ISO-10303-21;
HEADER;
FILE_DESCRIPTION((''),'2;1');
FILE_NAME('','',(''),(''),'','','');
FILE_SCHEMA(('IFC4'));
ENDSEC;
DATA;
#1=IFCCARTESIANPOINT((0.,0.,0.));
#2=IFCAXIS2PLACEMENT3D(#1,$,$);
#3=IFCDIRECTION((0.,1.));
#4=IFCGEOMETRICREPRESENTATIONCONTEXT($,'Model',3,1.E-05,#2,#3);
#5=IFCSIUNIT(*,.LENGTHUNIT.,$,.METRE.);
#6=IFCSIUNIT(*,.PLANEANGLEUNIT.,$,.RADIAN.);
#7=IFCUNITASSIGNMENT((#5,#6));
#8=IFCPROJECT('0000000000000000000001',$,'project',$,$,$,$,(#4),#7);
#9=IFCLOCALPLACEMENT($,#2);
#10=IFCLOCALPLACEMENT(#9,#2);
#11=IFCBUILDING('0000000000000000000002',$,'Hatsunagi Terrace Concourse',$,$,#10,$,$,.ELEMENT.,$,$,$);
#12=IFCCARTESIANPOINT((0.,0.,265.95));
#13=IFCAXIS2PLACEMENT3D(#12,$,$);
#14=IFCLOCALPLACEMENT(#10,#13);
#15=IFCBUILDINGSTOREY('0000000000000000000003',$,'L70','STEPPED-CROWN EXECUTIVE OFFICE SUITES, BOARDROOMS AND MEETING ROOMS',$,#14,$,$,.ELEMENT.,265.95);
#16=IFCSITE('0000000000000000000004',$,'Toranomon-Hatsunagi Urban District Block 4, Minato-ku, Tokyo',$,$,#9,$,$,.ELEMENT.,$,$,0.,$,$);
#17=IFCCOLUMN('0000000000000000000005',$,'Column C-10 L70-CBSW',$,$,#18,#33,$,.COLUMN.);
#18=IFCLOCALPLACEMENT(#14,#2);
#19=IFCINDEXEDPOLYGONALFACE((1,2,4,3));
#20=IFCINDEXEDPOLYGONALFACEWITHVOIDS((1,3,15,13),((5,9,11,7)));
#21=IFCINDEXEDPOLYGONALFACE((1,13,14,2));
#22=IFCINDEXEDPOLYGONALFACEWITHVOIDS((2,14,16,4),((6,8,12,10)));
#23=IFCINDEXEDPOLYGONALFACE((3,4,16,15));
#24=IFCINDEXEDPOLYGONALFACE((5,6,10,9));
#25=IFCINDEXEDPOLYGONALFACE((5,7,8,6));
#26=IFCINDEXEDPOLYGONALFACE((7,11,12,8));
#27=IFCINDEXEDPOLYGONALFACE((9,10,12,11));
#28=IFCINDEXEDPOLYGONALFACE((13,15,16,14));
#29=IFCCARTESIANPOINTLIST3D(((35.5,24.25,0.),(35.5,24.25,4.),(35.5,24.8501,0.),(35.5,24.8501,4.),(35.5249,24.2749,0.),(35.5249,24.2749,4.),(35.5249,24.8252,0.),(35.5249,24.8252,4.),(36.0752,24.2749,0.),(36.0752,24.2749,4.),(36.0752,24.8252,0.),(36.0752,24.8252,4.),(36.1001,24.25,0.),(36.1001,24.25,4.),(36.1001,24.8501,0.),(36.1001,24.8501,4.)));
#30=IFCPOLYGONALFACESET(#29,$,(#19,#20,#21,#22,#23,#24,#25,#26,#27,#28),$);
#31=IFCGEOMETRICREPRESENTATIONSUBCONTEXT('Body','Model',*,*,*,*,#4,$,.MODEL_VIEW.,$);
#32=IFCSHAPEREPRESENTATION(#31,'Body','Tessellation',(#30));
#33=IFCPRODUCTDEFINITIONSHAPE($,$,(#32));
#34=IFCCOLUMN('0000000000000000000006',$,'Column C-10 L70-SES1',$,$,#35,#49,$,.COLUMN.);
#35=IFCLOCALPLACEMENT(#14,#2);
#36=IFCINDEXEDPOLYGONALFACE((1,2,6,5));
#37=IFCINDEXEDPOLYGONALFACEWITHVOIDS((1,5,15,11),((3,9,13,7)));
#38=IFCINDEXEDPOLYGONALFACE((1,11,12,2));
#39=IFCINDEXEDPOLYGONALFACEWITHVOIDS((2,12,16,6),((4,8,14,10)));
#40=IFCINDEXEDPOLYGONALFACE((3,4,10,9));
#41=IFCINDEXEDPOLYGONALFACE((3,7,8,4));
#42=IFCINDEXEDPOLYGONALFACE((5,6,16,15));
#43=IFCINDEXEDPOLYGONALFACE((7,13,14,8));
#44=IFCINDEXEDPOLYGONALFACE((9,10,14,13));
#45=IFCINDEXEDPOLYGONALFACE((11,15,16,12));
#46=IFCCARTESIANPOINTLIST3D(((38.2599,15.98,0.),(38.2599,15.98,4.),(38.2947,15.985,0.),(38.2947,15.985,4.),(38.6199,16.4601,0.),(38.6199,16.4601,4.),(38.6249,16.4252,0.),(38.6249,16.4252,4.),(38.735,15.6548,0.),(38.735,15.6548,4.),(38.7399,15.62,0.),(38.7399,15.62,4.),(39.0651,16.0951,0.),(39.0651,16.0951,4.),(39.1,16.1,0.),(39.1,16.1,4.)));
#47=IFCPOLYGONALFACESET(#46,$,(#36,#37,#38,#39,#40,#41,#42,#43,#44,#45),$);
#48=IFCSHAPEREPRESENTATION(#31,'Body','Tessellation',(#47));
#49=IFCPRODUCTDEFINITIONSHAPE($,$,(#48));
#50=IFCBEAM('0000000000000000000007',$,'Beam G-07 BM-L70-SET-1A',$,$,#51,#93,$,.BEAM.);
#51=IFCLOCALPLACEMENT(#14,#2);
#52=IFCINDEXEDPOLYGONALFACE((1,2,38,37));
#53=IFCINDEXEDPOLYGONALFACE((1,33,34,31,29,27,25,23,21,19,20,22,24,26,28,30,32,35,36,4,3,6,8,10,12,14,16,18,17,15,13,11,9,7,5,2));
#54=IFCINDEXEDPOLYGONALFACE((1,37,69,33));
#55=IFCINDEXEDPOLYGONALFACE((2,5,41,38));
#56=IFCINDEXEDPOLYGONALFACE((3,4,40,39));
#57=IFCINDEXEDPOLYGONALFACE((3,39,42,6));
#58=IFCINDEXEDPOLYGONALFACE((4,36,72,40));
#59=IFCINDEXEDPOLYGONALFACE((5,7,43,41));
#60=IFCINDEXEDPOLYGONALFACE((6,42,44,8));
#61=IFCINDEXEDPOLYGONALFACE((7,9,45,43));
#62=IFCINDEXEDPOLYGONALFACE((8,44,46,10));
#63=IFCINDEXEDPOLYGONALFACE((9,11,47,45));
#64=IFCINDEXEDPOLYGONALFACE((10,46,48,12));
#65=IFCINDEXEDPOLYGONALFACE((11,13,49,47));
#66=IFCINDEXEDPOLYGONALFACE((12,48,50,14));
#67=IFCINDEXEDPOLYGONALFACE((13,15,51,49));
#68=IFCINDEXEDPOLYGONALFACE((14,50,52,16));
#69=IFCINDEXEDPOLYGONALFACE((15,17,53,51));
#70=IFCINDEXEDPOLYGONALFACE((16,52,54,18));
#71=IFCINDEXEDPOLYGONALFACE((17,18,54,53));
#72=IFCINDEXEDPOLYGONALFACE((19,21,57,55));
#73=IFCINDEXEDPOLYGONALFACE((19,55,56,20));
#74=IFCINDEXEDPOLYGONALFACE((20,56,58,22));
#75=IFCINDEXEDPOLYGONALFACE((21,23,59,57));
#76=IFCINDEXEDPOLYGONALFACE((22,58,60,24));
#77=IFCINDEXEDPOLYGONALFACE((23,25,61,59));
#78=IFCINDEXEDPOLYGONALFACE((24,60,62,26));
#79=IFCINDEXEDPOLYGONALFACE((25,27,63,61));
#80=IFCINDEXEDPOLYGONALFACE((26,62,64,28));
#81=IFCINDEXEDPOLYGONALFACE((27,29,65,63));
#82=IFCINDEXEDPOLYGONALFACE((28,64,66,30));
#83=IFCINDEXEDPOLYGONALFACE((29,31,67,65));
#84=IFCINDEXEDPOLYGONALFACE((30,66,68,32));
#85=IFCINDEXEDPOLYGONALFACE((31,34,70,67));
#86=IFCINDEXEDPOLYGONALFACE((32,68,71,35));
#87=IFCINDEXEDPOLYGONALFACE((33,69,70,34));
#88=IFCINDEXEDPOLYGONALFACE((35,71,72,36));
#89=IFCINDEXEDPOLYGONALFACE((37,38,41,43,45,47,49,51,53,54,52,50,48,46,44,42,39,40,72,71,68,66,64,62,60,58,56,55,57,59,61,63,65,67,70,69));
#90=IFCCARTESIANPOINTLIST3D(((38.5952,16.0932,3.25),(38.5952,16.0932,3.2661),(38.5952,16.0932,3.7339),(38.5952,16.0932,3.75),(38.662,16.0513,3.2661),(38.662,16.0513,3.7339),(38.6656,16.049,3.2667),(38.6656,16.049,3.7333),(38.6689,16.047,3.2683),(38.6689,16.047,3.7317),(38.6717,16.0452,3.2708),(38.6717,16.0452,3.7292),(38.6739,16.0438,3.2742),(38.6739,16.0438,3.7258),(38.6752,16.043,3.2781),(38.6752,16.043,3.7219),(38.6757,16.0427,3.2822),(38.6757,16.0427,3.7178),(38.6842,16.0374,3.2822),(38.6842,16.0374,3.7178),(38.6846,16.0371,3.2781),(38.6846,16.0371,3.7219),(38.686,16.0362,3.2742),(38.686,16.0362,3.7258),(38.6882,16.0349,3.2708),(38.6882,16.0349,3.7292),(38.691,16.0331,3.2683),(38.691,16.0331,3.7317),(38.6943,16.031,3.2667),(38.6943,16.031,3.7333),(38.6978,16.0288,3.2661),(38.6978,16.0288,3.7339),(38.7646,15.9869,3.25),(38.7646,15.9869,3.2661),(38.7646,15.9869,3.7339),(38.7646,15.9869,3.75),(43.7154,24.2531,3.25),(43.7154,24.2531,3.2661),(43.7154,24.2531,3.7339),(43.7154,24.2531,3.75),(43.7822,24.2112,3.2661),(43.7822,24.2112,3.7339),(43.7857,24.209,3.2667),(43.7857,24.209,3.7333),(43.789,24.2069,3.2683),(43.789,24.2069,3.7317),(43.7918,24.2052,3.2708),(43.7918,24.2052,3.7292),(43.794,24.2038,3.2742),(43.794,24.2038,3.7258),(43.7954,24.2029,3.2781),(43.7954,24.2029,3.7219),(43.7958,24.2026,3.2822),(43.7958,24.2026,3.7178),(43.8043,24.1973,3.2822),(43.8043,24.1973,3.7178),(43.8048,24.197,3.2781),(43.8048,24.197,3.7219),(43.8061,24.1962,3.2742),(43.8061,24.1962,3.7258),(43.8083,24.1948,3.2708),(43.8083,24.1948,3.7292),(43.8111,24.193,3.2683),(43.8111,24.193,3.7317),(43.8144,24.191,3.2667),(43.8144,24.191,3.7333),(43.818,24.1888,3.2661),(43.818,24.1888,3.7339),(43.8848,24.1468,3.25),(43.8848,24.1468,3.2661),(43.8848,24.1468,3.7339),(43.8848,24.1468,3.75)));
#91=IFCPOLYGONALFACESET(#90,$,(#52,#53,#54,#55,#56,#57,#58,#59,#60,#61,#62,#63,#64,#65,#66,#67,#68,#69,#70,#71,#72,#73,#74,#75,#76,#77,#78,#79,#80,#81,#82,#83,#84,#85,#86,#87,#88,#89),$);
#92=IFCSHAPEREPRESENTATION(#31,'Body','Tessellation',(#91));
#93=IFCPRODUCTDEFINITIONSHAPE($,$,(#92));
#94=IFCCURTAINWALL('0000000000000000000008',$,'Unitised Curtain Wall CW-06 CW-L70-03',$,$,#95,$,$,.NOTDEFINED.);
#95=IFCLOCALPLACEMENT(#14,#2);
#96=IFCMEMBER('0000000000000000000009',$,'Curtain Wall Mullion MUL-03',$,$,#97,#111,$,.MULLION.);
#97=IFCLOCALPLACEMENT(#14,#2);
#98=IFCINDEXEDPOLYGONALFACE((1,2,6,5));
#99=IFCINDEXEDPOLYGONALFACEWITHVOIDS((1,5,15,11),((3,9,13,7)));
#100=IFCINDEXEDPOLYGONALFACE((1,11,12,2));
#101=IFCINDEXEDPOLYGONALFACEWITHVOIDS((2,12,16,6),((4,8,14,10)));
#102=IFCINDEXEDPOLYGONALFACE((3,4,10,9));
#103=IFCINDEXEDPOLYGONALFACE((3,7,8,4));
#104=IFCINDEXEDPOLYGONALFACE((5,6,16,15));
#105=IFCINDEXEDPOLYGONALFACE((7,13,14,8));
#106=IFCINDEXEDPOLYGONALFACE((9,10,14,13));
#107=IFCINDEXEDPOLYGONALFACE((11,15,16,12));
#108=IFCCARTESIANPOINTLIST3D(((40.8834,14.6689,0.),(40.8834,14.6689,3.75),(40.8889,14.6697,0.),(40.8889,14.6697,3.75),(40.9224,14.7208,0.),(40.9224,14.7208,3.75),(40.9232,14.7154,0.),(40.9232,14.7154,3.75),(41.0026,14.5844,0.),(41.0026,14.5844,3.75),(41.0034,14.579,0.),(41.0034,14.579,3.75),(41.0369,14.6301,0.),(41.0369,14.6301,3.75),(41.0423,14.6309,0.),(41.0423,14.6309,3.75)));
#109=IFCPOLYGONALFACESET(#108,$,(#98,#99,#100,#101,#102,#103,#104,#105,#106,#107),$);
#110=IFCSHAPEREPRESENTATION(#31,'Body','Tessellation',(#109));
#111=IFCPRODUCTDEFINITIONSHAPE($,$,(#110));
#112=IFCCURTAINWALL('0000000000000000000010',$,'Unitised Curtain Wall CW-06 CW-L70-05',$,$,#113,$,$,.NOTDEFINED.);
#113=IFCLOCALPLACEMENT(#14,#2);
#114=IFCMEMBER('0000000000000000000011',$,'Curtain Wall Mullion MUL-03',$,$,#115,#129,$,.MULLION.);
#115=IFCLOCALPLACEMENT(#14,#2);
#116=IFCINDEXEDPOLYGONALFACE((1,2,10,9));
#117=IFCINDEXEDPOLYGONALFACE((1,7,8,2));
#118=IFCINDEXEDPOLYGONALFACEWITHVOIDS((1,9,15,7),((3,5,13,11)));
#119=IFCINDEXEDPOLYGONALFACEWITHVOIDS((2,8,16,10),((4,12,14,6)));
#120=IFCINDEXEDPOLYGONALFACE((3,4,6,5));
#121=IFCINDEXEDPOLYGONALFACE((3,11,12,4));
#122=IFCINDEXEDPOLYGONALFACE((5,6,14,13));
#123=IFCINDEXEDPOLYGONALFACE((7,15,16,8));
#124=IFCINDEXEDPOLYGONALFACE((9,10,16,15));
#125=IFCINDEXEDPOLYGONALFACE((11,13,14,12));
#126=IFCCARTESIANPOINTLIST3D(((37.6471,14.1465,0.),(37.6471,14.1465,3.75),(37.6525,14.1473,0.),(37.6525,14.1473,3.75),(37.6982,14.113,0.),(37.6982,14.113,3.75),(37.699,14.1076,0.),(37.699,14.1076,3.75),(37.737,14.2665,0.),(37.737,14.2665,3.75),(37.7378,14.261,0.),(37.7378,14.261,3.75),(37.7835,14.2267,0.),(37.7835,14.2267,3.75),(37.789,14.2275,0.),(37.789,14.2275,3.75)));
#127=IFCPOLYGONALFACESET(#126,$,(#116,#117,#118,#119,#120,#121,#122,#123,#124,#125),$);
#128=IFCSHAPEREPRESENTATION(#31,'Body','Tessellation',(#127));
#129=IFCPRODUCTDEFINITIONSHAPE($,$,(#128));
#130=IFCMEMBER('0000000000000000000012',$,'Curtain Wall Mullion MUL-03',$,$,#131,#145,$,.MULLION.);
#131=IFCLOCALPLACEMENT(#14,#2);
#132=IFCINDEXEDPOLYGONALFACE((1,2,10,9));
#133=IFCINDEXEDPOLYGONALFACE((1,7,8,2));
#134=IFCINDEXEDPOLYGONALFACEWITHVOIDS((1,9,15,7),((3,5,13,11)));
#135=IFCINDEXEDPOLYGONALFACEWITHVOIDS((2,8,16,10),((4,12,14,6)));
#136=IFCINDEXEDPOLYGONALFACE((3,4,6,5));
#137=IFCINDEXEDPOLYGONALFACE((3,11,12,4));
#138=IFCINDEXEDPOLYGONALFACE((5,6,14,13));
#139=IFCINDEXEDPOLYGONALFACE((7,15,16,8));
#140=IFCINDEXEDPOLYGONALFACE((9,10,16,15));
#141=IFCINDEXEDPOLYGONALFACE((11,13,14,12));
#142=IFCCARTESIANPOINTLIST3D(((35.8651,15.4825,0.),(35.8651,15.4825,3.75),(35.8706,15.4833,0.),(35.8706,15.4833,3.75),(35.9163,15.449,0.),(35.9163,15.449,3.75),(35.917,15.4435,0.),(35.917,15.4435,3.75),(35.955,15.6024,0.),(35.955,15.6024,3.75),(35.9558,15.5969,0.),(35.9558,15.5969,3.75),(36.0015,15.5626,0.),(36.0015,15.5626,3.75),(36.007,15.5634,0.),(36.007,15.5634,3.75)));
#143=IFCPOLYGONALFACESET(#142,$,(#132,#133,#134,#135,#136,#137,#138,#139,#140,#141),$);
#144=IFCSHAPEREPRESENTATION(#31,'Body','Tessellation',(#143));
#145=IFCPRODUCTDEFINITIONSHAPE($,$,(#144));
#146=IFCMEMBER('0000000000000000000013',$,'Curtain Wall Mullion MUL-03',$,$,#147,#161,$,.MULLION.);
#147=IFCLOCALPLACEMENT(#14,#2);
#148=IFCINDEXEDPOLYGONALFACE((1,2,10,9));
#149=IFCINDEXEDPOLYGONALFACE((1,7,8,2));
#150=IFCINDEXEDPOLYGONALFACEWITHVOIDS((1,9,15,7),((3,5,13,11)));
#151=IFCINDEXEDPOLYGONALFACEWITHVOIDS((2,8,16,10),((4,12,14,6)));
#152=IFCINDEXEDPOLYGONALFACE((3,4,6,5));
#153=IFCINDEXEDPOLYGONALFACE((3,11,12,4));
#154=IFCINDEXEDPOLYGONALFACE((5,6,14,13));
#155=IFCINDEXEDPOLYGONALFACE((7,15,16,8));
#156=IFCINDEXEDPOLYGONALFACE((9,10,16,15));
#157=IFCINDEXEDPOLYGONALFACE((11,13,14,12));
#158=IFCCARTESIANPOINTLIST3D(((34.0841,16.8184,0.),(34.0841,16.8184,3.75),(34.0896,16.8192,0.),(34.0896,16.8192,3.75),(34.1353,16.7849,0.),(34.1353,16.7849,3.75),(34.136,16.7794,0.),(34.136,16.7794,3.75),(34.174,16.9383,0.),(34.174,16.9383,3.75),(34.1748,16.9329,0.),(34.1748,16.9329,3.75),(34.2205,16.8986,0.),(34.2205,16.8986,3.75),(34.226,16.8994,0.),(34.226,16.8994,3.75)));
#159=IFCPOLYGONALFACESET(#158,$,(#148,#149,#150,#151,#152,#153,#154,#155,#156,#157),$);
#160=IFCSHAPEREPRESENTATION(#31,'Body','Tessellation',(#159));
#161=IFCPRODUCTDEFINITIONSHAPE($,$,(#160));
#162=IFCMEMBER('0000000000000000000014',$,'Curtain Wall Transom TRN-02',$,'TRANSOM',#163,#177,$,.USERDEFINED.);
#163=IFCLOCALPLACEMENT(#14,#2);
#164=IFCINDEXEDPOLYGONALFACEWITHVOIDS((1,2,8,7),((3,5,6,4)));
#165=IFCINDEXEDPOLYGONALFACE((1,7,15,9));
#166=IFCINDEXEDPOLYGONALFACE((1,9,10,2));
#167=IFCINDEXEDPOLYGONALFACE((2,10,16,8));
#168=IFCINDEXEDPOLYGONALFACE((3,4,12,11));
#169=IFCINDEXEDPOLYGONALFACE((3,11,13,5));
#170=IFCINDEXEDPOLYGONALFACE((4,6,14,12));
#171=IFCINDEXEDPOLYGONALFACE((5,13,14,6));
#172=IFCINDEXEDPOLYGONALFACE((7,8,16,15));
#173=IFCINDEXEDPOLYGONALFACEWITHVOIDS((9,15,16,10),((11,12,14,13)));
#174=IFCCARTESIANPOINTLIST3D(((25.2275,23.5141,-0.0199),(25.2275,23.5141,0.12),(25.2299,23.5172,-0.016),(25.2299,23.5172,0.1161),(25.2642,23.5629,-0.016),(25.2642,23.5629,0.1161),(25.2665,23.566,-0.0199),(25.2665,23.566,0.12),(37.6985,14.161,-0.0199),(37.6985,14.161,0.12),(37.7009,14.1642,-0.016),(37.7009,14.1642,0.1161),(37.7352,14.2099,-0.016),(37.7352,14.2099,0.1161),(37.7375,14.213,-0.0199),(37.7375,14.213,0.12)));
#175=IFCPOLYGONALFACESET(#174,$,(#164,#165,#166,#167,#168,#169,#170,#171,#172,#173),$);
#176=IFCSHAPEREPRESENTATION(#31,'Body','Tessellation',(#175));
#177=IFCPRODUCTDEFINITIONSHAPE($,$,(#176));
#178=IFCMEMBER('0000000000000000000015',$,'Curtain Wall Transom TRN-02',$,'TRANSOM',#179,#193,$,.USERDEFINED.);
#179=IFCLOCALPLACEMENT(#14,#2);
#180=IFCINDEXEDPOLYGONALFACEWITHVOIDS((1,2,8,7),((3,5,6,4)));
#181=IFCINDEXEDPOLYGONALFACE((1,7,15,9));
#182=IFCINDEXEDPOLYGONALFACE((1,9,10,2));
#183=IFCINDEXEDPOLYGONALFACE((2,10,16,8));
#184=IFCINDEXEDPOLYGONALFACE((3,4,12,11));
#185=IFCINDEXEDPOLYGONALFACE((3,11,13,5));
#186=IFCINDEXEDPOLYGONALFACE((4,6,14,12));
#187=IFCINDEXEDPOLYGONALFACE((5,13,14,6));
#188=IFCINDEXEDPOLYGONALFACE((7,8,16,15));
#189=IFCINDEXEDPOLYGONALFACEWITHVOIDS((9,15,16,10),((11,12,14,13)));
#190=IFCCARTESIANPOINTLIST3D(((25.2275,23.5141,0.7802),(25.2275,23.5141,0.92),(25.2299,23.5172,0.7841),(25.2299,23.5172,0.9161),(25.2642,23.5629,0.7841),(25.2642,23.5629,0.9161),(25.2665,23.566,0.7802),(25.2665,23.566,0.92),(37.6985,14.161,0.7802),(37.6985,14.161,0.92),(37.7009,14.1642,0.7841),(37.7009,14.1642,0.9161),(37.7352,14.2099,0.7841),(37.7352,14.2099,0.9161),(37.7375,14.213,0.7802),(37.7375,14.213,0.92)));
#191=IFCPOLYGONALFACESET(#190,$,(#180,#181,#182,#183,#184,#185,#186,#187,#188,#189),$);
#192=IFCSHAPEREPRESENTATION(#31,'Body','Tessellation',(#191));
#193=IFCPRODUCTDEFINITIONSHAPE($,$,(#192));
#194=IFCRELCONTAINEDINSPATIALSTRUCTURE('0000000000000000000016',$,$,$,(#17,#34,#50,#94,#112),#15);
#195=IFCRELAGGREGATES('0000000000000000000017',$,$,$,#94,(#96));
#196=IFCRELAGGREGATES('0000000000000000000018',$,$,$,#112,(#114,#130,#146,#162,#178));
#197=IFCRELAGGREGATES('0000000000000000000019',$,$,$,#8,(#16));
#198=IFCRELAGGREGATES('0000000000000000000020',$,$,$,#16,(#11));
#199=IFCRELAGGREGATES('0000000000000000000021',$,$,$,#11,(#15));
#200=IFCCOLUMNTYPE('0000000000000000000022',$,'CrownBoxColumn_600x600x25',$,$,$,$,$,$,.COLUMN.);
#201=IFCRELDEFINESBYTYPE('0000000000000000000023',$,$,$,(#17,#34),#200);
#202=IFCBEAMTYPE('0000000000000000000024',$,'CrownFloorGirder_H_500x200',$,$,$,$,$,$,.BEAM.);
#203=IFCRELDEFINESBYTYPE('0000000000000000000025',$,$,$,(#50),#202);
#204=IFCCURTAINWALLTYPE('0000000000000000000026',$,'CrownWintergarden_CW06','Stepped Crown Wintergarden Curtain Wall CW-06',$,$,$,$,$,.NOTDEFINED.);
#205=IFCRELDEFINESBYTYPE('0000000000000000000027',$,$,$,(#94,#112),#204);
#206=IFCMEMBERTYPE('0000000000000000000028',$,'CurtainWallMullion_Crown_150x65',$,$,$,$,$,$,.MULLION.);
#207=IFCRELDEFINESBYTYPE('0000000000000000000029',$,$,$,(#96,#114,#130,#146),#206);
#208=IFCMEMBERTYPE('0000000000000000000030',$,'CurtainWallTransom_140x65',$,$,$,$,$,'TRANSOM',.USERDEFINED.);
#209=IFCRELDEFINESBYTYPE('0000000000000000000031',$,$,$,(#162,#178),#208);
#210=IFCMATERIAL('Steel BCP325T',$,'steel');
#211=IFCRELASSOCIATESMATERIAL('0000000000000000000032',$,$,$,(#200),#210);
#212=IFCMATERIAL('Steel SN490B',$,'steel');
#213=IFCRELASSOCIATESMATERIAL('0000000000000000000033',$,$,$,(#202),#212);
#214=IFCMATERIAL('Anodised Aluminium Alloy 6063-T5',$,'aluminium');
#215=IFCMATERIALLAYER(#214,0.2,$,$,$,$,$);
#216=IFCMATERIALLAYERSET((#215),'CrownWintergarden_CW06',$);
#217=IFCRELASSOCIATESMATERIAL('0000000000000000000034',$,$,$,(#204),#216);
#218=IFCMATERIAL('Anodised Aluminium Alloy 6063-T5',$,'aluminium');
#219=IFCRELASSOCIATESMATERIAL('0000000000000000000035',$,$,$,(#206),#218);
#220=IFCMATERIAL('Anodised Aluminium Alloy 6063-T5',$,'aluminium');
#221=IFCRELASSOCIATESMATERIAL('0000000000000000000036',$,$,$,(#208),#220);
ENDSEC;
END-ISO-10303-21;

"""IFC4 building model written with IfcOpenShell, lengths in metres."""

from ifc_helpers import new_model, si_unit, direction, frame, origin, origin_2d, place, context, subcontext, project, spatial, hollow_rectangle, i_section, extrude, material, layer, layer_set, material_profile, profile_set, type_object, element, aggregate, save


model = new_model("IFC4")

# Units and contexts
model_context = context("Model", 3, precision=1e-05, world=origin(), true_north=direction((0.0, 1.0)))
body_context = subcontext(model_context, "Body", "Model", "MODEL_VIEW")
ifc_project = project(units=[si_unit("LENGTHUNIT", "METRE"), si_unit("PLANEANGLEUNIT", "RADIAN")], contexts=[model_context])

# Site, building, storey
site_placement = place(None, origin())
site = spatial("IfcSite", under=ifc_project, at=site_placement, Name="Toranomon-Hatsunagi Urban District Block 4, Minato-ku, Tokyo", CompositionType="ELEMENT", RefElevation=0.0)
building_placement = place(site_placement, origin())
building = spatial("IfcBuilding", under=site, at=building_placement, Name="Hatsunagi Terrace Concourse", CompositionType="ELEMENT")
storey_placement = place(building_placement, frame((0.0, 0.0, 265.95)))
storey = spatial("IfcBuildingStorey", under=building, at=storey_placement, Name="L70", Description="STEPPED-CROWN EXECUTIVE OFFICE SUITES, BOARDROOMS AND MEETING ROOMS", CompositionType="ELEMENT", Elevation=265.95)

# Columns
ifc_material_1 = material(Name="Steel BCP325T", Category="steel")
ifc_material_profile_1 = material_profile(ifc_material_1, hollow_rectangle(XDim=0.6001, YDim=0.6001, WallThickness=0.0249, at=origin_2d()), Name="BCP-600x600x25")
ifc_profile_set_1 = profile_set([ifc_material_profile_1], Name="Steel BCP325T")
column_type = type_object("IfcColumnType", Name="CrownBoxColumn_600x600x25", PredefinedType="COLUMN", material=ifc_profile_set_1)
for number, where, z_axis, x_axis, name in (
    (1, (35.8, 24.55, 0.0), (0.0, 0.0, 1.0), (1.0, 0.0, 0.0), "Column C-10 L70-CBSW"),
    (2, (38.6799, 16.04, 0.0), (0.0, 0.0, 1.0), (0.8, -0.6, 0.0), "Column C-10 L70-SES1"),
):
    element("IfcColumn", number, at=place(storey_placement, frame(where, z_axis=z_axis, x_axis=x_axis)), inside=storey, type_object=column_type, Name=name, PredefinedType="COLUMN", context=body_context, shape_type="SweptSolid", body=[
        extrude(hollow_rectangle(XDim=0.6001, YDim=0.6001, WallThickness=0.0249, at=origin_2d()), origin(), (0.0, 0.0, 1.0), 4.0),
    ])

# Beam
ifc_material_2 = material(Name="Steel SN490B", Category="steel")
ifc_material_profile_2 = material_profile(ifc_material_2, i_section(OverallWidth=0.2, OverallDepth=0.5, WebThickness=0.01, FlangeThickness=0.0161, FilletRadius=0.0161, at=origin_2d()), Name="H-500x200x10x16")
ifc_profile_set_2 = profile_set([ifc_material_profile_2], Name="Steel SN490B")
beam_type = type_object("IfcBeamType", Name="CrownFloorGirder_H_500x200", PredefinedType="BEAM", material=ifc_profile_set_2)
beam_placement = place(storey_placement, frame((38.6799, 16.04, 3.5), z_axis=(0.531504, 0.847056, 0.0), x_axis=(-0.847056, 0.531504, 0.0)))
element("IfcBeam", 3, at=beam_placement, inside=storey, type_object=beam_type, Name="Beam G-07 BM-L70-SET-1A", PredefinedType="BEAM", context=body_context, shape_type="SweptSolid", body=[
    extrude(i_section(OverallWidth=0.2, OverallDepth=0.5, WebThickness=0.01, FlangeThickness=0.0161, FilletRadius=0.0161, at=origin_2d()), origin(), (0.0, 0.0, 1.0), 9.6333),
])

# Curtain wall, member
ifc_material_3 = material(Name="Anodised Aluminium Alloy 6063-T5", Category="aluminium")
ifc_layer_1 = layer(ifc_material_3, 0.2)
ifc_layer_set_1 = layer_set([ifc_layer_1], Name="CrownWintergarden_CW06")
curtain_wall_type = type_object("IfcCurtainWallType", Name="CrownWintergarden_CW06", Description="Stepped Crown Wintergarden Curtain Wall CW-06", PredefinedType="NOTDEFINED", material=ifc_layer_set_1)
curtain_wall_1_placement = place(storey_placement, origin())
curtain_wall_1 = element("IfcCurtainWall", 4, at=curtain_wall_1_placement, inside=storey, type_object=curtain_wall_type, Name="Unitised Curtain Wall CW-06 CW-L70-03", PredefinedType="NOTDEFINED")
ifc_material_4 = material(Name="Anodised Aluminium Alloy 6063-T5", Category="aluminium")
ifc_material_profile_3 = material_profile(ifc_material_4, hollow_rectangle(XDim=0.0649, YDim=0.1499, WallThickness=0.0039, at=origin_2d()), Name="ALU-MUL-150x65x4")
ifc_profile_set_3 = profile_set([ifc_material_profile_3], Name="Anodised Aluminium Alloy 6063-T5")
member_type_1 = type_object("IfcMemberType", Name="CurtainWallMullion_Crown_150x65", PredefinedType="MULLION", material=ifc_profile_set_3)
member_1_placement = place(storey_placement, frame((40.9629, 14.6499, 0.0), z_axis=(0.0, 0.0, 1.0), x_axis=(-0.599969, -0.800023, 0.0)))
member_1 = element("IfcMember", 5, at=member_1_placement, type_object=member_type_1, Name="Curtain Wall Mullion MUL-03", PredefinedType="MULLION", context=body_context, shape_type="SweptSolid", body=[
    extrude(hollow_rectangle(XDim=0.0649, YDim=0.1499, WallThickness=0.0039, at=origin_2d()), origin(), (0.0, 0.0, 1.0), 3.75),
])
aggregate(curtain_wall_1, [member_1])

# Curtain wall, members
curtain_wall_2_placement = place(storey_placement, origin())
curtain_wall_2 = element("IfcCurtainWall", 6, at=curtain_wall_2_placement, inside=storey, type_object=curtain_wall_type, Name="Unitised Curtain Wall CW-06 CW-L70-05", PredefinedType="NOTDEFINED")
member_2_placement = place(storey_placement, frame((37.718, 14.187, 0.0), z_axis=(0.0, 0.0, 1.0), x_axis=(-0.800007, 0.59999, 0.0)))
member_2 = element("IfcMember", 7, at=member_2_placement, type_object=member_type_1, Name="Curtain Wall Mullion MUL-03", PredefinedType="MULLION", context=body_context, shape_type="SweptSolid", body=[
    extrude(hollow_rectangle(XDim=0.0649, YDim=0.1499, WallThickness=0.0039, at=origin_2d()), origin(), (0.0, 0.0, 1.0), 3.75),
])
member_3_placement = place(storey_placement, frame((35.936, 15.5229, 0.0), z_axis=(0.0, 0.0, 1.0), x_axis=(-0.800007, 0.59999, 0.0)))
member_3 = element("IfcMember", 8, at=member_3_placement, type_object=member_type_1, Name="Curtain Wall Mullion MUL-03", PredefinedType="MULLION", context=body_context, shape_type="SweptSolid", body=[
    extrude(hollow_rectangle(XDim=0.0649, YDim=0.1499, WallThickness=0.0039, at=origin_2d()), origin(), (0.0, 0.0, 1.0), 3.75),
])
member_4_placement = place(storey_placement, frame((34.155, 16.8589, 0.0), z_axis=(0.0, 0.0, 1.0), x_axis=(-0.800007, 0.59999, 0.0)))
member_4 = element("IfcMember", 9, at=member_4_placement, type_object=member_type_1, Name="Curtain Wall Mullion MUL-03", PredefinedType="MULLION", context=body_context, shape_type="SweptSolid", body=[
    extrude(hollow_rectangle(XDim=0.0649, YDim=0.1499, WallThickness=0.0039, at=origin_2d()), origin(), (0.0, 0.0, 1.0), 3.75),
])
ifc_material_5 = material(Name="Anodised Aluminium Alloy 6063-T5", Category="aluminium")
ifc_material_profile_4 = material_profile(ifc_material_5, hollow_rectangle(XDim=0.0649, YDim=0.1399, WallThickness=0.0039, at=origin_2d()), Name="ALU-TRN-140x65x4")
ifc_profile_set_4 = profile_set([ifc_material_profile_4], Name="Anodised Aluminium Alloy 6063-T5")
member_type_2 = type_object("IfcMemberType", Name="CurtainWallTransom_140x65", ElementType="TRANSOM", PredefinedType="USERDEFINED", material=ifc_profile_set_4)
member_5_placement = place(storey_placement, frame((37.718, 14.187, 0.05), z_axis=(-0.800006, 0.599992, 0.0), x_axis=(-0.599992, -0.800006, 0.0)))
member_5 = element("IfcMember", 10, at=member_5_placement, type_object=member_type_2, Name="Curtain Wall Transom TRN-02", ObjectType="TRANSOM", PredefinedType="USERDEFINED", context=body_context, shape_type="SweptSolid", body=[
    extrude(hollow_rectangle(XDim=0.0649, YDim=0.1399, WallThickness=0.0039, at=origin_2d()), origin(), (0.0, 0.0, 1.0), 15.5886),
])
member_6_placement = place(storey_placement, frame((37.718, 14.187, 0.8501), z_axis=(-0.800006, 0.599992, 0.0), x_axis=(-0.599992, -0.800006, 0.0)))
member_6 = element("IfcMember", 11, at=member_6_placement, type_object=member_type_2, Name="Curtain Wall Transom TRN-02", ObjectType="TRANSOM", PredefinedType="USERDEFINED", context=body_context, shape_type="SweptSolid", body=[
    extrude(hollow_rectangle(XDim=0.0649, YDim=0.1399, WallThickness=0.0039, at=origin_2d()), origin(), (0.0, 0.0, 1.0), 15.5886),
])
aggregate(curtain_wall_2, [member_2, member_3, member_4, member_5, member_6])

save(model, "model.ifc")
